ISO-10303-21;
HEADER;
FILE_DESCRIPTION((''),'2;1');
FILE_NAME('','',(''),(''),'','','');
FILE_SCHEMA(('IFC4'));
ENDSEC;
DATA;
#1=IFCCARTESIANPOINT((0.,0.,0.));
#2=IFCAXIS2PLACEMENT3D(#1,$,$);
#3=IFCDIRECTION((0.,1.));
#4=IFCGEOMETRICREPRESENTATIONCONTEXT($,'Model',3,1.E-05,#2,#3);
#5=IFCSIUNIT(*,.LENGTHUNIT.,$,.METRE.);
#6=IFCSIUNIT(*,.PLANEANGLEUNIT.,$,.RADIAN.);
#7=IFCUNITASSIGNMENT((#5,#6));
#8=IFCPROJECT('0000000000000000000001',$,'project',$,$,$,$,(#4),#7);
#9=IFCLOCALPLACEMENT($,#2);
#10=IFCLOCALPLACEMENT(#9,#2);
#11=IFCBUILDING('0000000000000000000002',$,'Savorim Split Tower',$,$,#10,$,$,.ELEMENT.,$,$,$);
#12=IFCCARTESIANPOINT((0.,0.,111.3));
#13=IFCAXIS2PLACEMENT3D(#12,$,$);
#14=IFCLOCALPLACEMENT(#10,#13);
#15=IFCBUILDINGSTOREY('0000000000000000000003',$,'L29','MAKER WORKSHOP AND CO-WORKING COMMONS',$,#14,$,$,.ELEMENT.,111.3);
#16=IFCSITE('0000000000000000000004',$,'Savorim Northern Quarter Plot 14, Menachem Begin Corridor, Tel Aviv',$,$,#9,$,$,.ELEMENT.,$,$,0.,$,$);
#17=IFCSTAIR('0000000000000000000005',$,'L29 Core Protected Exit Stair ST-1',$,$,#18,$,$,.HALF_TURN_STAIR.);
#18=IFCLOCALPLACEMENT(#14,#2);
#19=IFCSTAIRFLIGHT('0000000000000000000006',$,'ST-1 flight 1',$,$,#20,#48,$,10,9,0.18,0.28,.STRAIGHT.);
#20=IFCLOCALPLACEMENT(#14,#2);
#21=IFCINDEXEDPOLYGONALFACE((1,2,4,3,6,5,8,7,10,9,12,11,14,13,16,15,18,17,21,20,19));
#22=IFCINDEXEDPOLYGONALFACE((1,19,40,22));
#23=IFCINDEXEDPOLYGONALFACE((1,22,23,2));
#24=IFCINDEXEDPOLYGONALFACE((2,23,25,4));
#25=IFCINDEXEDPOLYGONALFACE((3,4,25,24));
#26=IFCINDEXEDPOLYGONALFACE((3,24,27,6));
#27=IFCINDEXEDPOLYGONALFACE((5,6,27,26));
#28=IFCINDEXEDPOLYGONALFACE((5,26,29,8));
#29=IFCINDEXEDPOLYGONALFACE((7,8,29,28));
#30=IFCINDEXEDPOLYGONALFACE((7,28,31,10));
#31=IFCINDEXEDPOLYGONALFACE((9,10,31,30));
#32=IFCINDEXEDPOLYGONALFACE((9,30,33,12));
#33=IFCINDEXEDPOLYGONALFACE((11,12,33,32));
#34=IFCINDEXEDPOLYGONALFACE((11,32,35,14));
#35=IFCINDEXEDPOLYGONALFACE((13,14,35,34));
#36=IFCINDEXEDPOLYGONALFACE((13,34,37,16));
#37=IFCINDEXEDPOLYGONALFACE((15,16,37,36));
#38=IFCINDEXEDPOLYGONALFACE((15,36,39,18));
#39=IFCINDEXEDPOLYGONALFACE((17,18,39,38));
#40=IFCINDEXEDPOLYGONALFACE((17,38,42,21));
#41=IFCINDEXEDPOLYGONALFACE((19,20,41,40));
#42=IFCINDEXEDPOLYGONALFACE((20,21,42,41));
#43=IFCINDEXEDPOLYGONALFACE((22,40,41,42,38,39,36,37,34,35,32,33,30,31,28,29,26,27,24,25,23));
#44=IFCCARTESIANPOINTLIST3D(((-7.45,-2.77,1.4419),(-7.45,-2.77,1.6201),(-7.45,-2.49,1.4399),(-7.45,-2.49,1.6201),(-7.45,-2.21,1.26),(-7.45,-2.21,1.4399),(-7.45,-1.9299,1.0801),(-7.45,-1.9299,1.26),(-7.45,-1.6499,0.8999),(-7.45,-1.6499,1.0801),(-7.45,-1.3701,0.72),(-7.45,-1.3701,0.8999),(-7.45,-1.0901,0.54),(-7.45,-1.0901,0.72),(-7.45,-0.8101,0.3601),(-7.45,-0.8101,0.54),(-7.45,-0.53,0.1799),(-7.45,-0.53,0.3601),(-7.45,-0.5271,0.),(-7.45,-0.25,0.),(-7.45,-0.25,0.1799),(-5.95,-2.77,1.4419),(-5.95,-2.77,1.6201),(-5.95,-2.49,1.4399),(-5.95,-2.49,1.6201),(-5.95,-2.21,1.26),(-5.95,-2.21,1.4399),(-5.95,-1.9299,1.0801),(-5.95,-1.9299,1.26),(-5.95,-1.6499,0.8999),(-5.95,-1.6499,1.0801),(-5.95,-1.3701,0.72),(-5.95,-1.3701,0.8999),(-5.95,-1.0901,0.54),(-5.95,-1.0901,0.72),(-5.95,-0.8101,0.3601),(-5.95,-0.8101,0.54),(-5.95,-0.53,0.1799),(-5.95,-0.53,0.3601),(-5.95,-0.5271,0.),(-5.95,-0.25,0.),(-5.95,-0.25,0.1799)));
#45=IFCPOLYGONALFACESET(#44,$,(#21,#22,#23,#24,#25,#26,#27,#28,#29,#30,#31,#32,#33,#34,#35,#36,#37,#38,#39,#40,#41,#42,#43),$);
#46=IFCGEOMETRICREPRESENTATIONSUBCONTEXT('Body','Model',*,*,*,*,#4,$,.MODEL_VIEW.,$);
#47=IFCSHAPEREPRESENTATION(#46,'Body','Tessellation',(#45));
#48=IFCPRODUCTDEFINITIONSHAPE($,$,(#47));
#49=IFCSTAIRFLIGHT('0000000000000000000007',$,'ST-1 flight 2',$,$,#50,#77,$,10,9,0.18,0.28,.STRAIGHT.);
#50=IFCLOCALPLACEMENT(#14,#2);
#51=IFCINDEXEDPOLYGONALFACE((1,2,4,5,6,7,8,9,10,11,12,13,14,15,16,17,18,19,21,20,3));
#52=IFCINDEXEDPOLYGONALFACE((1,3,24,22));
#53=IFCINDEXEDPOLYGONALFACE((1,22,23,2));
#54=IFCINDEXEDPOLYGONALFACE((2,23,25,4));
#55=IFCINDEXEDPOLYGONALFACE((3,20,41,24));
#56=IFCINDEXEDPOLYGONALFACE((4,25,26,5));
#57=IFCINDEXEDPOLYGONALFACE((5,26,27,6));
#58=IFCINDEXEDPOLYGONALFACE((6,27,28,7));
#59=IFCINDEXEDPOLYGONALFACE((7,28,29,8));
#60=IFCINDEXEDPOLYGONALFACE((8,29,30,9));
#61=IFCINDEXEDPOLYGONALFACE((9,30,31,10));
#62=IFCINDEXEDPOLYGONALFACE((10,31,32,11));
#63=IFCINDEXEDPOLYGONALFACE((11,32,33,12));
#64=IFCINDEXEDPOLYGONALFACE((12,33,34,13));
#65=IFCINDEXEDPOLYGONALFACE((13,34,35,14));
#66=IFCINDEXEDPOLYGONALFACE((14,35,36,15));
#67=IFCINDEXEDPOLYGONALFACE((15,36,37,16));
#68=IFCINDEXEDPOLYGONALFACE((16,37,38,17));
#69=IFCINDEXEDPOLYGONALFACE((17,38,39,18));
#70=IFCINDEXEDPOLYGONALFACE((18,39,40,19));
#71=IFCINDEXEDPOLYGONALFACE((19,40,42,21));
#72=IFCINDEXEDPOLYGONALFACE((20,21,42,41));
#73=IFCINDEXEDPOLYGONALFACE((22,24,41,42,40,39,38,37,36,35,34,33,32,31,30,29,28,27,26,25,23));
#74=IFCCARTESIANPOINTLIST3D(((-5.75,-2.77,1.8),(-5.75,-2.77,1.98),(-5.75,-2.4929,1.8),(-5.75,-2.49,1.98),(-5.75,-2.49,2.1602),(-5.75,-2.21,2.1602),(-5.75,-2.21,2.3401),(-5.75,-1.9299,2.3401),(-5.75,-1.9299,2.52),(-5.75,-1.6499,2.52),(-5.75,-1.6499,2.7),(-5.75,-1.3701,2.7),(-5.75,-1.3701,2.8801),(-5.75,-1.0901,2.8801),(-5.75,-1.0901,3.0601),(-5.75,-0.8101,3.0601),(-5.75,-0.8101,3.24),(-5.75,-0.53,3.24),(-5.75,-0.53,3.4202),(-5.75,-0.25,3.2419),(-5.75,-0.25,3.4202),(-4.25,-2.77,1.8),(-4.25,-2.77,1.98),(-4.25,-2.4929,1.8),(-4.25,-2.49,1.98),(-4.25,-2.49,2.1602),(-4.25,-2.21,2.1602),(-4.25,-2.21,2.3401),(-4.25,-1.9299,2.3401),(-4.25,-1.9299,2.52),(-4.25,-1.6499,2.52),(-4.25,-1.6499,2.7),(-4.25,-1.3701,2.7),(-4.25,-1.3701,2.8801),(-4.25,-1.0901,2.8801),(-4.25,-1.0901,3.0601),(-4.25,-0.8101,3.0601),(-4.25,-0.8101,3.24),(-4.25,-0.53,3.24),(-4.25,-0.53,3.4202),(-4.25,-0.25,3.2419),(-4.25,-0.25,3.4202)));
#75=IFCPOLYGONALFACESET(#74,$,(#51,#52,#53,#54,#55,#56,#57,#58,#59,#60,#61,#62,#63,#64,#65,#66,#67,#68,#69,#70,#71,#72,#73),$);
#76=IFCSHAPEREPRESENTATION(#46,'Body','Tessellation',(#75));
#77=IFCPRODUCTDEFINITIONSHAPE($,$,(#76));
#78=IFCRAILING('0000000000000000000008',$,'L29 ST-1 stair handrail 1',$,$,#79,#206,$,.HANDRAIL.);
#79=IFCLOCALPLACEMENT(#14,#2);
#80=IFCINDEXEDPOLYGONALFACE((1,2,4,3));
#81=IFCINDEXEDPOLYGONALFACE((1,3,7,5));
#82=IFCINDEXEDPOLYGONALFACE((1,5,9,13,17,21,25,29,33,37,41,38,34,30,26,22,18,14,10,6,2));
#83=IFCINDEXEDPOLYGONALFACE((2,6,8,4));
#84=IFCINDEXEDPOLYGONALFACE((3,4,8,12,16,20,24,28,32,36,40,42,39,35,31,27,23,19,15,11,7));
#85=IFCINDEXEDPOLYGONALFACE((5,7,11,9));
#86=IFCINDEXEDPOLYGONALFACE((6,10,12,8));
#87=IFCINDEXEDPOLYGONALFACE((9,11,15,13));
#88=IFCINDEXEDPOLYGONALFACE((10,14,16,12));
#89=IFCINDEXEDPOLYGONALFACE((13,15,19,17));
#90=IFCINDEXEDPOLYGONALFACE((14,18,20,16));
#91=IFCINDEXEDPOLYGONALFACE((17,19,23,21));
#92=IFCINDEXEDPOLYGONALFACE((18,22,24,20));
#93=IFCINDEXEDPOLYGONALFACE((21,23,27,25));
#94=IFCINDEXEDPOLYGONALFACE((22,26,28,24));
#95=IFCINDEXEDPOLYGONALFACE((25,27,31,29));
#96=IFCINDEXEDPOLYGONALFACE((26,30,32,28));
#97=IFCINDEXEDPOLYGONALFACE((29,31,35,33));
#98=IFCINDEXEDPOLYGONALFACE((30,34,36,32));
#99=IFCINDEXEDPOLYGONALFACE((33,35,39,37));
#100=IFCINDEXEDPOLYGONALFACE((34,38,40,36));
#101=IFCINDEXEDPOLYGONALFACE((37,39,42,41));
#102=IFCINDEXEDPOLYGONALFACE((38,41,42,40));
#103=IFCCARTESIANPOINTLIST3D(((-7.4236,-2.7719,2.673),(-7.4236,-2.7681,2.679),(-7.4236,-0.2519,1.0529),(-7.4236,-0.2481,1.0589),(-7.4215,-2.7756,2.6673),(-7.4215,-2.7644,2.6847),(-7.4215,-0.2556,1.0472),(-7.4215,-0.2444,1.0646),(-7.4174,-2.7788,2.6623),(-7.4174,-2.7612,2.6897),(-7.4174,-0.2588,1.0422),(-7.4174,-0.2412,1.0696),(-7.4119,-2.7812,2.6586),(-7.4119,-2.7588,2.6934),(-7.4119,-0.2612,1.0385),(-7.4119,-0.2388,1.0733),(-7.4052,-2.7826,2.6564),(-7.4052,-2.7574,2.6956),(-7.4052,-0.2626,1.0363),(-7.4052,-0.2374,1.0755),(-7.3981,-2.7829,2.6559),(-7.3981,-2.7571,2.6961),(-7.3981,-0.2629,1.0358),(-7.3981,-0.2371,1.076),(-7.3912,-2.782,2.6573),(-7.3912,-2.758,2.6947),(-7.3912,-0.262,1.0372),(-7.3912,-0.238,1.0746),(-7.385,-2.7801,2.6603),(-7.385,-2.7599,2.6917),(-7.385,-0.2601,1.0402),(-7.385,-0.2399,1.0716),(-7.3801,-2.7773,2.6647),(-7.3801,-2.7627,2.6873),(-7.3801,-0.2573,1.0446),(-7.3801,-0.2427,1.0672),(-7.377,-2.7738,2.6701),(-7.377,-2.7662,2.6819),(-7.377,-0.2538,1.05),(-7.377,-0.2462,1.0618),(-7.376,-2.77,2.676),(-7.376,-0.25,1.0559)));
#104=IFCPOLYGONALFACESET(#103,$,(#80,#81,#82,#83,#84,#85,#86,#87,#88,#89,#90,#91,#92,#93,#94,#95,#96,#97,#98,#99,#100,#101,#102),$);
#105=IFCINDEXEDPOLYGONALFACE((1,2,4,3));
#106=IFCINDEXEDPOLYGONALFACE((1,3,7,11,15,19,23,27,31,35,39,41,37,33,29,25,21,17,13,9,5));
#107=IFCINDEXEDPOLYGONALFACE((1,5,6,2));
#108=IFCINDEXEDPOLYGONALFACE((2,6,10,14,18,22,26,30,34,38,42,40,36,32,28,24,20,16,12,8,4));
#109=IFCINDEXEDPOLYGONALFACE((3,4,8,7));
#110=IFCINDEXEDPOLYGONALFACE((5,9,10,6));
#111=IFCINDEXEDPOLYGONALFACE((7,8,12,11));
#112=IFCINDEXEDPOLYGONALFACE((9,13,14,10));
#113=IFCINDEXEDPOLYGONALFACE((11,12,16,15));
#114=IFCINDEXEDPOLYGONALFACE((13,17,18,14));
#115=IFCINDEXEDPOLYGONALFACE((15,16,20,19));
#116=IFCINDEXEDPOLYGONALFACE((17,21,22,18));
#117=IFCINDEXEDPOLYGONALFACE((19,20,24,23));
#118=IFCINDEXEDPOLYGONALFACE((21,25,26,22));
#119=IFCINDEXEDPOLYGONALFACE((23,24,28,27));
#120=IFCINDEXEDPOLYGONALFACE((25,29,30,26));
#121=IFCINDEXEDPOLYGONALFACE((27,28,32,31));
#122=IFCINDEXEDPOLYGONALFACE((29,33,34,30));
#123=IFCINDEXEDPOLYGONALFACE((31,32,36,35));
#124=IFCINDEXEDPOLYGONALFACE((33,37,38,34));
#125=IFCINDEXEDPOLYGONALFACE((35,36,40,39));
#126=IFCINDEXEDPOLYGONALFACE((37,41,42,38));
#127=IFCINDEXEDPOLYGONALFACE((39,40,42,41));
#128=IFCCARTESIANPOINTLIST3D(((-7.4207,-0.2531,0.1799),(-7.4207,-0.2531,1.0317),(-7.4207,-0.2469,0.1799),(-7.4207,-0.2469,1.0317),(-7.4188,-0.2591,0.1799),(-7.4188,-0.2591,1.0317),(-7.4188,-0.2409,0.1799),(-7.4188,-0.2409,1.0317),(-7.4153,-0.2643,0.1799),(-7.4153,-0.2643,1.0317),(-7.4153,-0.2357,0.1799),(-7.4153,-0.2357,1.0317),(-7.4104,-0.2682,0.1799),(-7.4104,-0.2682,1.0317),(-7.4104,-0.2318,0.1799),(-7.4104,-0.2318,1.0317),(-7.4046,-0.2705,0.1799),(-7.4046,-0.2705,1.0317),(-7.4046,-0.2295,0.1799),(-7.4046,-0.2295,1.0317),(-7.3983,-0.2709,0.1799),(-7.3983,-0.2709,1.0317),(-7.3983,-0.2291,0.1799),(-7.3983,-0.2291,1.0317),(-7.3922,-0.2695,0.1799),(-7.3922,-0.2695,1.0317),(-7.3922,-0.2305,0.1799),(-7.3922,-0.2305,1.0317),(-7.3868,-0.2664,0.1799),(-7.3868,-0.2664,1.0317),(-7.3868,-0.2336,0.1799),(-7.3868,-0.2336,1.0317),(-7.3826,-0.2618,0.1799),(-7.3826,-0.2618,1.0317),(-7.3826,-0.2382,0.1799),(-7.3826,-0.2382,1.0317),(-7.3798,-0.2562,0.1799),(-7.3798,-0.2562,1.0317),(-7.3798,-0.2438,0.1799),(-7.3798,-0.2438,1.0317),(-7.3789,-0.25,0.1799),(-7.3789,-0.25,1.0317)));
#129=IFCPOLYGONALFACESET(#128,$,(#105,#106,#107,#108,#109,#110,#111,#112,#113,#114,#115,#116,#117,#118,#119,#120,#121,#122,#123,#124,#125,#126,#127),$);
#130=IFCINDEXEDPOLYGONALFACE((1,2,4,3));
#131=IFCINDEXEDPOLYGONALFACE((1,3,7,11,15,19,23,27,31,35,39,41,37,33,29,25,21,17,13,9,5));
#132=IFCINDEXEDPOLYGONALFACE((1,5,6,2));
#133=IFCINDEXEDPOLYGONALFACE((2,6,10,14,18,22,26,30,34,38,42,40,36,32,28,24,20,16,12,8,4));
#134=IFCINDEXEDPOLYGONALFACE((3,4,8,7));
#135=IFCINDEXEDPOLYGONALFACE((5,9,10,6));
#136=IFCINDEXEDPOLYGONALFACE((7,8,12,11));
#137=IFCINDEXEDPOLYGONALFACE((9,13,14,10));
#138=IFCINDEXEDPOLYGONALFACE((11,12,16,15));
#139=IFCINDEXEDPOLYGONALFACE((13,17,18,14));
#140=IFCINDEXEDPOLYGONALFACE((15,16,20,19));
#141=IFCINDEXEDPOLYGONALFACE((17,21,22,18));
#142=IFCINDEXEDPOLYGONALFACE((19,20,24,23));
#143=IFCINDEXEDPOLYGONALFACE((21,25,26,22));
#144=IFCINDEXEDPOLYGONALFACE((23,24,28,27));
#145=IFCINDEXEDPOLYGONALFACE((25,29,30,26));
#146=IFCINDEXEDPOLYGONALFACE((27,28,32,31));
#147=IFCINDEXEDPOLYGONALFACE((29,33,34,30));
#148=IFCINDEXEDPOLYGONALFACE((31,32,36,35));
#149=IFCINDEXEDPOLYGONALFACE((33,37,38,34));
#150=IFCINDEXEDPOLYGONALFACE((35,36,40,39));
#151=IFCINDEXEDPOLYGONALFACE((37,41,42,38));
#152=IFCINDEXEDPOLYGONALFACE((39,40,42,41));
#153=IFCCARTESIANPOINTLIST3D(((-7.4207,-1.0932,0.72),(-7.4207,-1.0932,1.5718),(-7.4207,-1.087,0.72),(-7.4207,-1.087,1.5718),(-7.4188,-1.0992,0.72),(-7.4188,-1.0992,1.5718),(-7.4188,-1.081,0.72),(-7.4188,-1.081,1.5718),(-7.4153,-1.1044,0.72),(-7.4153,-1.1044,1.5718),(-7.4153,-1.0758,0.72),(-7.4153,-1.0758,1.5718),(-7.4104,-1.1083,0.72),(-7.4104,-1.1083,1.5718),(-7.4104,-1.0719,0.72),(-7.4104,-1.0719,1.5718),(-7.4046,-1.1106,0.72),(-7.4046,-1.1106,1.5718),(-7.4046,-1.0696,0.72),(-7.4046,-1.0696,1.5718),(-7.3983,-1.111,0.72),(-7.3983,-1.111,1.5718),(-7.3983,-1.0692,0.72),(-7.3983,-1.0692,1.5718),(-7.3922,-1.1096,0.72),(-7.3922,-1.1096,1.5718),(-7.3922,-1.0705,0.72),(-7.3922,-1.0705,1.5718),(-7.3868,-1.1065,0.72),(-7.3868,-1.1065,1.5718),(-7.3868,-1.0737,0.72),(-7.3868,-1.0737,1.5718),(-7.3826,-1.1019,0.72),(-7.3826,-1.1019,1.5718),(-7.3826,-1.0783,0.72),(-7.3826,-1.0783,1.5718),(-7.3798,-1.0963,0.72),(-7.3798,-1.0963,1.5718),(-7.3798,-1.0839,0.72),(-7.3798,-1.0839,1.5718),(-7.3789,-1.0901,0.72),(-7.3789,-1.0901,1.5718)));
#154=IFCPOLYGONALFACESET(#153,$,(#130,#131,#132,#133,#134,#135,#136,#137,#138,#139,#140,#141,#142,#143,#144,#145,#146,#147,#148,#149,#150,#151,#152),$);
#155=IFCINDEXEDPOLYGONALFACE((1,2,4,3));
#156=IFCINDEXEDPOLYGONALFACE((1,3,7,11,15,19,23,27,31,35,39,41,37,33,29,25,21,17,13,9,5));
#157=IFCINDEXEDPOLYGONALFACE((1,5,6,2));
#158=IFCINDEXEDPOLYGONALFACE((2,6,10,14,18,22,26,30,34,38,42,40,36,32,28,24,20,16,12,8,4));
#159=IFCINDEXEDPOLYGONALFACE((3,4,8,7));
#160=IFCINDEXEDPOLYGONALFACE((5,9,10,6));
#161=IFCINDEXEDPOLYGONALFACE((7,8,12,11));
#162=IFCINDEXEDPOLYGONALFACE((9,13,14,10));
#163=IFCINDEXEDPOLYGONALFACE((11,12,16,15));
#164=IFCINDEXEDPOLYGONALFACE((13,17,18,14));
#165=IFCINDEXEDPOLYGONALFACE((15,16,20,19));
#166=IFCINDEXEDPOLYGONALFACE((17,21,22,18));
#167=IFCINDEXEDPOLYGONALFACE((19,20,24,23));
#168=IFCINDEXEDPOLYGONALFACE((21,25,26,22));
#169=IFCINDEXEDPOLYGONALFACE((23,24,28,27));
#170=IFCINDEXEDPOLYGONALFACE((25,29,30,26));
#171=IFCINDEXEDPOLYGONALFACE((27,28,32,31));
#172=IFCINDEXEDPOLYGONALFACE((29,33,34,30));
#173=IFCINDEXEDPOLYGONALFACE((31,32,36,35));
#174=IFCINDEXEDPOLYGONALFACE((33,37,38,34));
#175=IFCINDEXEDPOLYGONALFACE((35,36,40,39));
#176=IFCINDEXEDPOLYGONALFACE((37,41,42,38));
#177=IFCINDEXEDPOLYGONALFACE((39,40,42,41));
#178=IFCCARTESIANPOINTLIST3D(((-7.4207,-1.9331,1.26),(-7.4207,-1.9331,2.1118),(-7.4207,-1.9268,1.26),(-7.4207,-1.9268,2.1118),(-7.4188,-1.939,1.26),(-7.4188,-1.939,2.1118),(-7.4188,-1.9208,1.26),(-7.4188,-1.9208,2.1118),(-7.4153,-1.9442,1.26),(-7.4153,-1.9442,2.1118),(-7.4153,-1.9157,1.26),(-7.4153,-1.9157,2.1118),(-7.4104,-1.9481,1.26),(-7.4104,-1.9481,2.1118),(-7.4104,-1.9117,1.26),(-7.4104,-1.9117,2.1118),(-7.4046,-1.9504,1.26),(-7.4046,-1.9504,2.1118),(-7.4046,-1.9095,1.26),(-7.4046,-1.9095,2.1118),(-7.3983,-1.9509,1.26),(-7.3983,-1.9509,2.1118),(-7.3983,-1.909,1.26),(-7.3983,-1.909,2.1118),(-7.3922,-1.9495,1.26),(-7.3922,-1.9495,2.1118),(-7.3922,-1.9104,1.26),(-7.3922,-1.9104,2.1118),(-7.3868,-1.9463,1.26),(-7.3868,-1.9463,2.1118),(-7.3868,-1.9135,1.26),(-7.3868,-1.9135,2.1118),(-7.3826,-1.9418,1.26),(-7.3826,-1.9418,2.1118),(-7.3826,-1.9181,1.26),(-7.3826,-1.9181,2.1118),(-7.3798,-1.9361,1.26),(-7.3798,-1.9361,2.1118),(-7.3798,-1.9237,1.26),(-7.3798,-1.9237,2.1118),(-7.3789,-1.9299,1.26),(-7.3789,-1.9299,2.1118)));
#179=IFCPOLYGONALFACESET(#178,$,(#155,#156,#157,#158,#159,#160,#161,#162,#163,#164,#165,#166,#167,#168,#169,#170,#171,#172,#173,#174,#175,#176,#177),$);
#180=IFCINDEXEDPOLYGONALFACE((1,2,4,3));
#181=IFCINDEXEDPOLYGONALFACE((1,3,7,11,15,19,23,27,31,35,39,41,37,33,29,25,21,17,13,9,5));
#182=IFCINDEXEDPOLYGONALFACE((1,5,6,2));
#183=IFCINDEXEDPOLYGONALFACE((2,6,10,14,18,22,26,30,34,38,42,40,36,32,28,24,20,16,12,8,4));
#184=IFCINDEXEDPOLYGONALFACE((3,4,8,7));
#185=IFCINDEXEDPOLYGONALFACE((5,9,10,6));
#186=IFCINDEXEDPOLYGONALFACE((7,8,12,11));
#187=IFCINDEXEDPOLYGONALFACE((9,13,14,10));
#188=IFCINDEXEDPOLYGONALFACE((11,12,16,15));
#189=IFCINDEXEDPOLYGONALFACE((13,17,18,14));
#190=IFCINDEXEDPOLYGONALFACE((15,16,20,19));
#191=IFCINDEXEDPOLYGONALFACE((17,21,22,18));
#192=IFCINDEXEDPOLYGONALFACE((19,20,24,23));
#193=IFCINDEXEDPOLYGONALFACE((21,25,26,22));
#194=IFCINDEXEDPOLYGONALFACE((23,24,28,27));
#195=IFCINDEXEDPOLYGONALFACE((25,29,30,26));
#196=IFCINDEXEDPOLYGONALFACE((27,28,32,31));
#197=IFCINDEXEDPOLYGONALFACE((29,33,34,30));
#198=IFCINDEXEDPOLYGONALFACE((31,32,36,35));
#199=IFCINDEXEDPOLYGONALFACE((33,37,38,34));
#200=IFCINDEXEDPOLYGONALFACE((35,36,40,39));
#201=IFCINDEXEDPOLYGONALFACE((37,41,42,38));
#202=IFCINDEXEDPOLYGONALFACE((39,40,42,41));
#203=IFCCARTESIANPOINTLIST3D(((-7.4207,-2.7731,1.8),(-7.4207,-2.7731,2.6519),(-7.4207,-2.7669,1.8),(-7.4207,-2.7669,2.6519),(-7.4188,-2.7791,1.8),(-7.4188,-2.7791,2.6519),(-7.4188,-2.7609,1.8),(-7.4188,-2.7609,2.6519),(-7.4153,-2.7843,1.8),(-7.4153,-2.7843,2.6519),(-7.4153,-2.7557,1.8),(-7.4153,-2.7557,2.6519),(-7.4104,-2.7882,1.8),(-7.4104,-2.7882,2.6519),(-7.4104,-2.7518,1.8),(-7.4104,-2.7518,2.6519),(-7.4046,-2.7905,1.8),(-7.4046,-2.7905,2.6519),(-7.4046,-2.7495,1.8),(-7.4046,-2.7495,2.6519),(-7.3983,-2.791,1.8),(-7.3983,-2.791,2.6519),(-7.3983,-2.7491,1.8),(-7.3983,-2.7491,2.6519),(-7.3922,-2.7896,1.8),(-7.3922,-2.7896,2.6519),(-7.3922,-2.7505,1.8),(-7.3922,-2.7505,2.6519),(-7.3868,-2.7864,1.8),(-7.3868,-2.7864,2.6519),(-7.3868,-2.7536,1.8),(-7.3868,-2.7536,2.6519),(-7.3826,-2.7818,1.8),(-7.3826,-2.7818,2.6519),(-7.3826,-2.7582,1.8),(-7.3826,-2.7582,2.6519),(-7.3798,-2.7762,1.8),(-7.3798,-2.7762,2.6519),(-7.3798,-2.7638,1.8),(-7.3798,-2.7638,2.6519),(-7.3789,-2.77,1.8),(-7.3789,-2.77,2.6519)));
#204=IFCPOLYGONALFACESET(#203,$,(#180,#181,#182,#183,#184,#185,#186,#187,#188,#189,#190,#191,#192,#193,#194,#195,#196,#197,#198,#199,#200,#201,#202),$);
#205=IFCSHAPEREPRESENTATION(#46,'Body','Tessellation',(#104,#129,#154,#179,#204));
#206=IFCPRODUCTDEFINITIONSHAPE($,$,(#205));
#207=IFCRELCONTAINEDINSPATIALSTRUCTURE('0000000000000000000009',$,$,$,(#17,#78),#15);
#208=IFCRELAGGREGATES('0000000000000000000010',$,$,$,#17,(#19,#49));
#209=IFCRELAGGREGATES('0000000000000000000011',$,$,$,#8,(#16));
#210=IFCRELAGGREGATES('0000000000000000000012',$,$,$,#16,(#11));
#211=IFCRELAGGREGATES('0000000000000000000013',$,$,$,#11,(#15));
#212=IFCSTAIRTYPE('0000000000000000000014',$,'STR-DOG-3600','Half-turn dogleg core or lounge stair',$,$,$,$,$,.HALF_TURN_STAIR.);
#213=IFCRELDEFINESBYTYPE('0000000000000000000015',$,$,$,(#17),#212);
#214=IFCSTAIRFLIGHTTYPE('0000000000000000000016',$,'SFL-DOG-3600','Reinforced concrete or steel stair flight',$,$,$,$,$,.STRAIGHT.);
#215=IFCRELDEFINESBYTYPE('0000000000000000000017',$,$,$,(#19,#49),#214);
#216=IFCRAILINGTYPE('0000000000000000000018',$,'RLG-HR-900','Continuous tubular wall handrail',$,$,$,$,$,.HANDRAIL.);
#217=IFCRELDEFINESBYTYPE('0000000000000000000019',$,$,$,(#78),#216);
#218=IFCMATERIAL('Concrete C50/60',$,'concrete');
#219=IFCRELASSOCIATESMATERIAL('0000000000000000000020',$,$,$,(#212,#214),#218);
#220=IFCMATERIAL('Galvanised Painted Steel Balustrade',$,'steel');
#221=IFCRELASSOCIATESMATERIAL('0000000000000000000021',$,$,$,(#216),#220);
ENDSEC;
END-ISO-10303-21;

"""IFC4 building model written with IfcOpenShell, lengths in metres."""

from ifc_helpers import new_model, si_unit, direction, frame, origin, origin_2d, place, context, subcontext, project, spatial, polyline, circle, outline, extrude, material, type_object, element, aggregate, save


model = new_model("IFC4")

# Units and contexts
model_context = context("Model", 3, precision=1e-05, world=origin(), true_north=direction((0.0, 1.0)))
body_context = subcontext(model_context, "Body", "Model", "MODEL_VIEW")
ifc_project = project(units=[si_unit("LENGTHUNIT", "METRE"), si_unit("PLANEANGLEUNIT", "RADIAN")], contexts=[model_context])

# Site, building, storey
site_placement = place(None, origin())
site = spatial("IfcSite", under=ifc_project, at=site_placement, Name="Savorim Northern Quarter Plot 14, Menachem Begin Corridor, Tel Aviv", CompositionType="ELEMENT", RefElevation=0.0)
building_placement = place(site_placement, origin())
building = spatial("IfcBuilding", under=site, at=building_placement, Name="Savorim Split Tower", CompositionType="ELEMENT")
storey_placement = place(building_placement, frame((0.0, 0.0, 111.3)))
storey = spatial("IfcBuildingStorey", under=building, at=storey_placement, Name="L29", Description="MAKER WORKSHOP AND CO-WORKING COMMONS", CompositionType="ELEMENT", Elevation=111.3)

# Shared definitions
ifc_material_1 = material(Name="Concrete C50/60", Category="concrete")

# Stair, stair flights
stair_type = type_object("IfcStairType", Name="STR-DOG-3600", Description="Half-turn dogleg core or lounge stair", PredefinedType="HALF_TURN_STAIR", material=ifc_material_1)
stair_placement = place(storey_placement, origin())
stair = element("IfcStair", 1, at=stair_placement, inside=storey, type_object=stair_type, Name="L29 Core Protected Exit Stair ST-1", PredefinedType="HALF_TURN_STAIR")
stair_flight_type = type_object("IfcStairFlightType", Name="SFL-DOG-3600", Description="Reinforced concrete or steel stair flight", PredefinedType="STRAIGHT", material=ifc_material_1)
stair_flight_1_placement = place(storey_placement, frame((-6.7, -0.25, 0.0), z_axis=(0.0, 0.0, 1.0), x_axis=(0.0, -1.0, 0.0)))
stair_flight_1 = element("IfcStairFlight", 2, at=stair_flight_1_placement, type_object=stair_flight_type, Name="ST-1 flight 1", NumberOfRisers=10, NumberOfTreads=9, PredefinedType="STRAIGHT", RiserHeight=0.18, TreadLength=0.28, context=body_context, shape_type="SweptSolid", body=[
    extrude(outline(polyline([(0.0, 0.0), (0.0, 0.1799), (0.28, 0.1799), (0.28, 0.3601), (0.5601, 0.3601), (0.5601, 0.54), (0.8401, 0.54), (0.8401, 0.72), (1.1201, 0.72), (1.1201, 0.8999), (1.3999, 0.8999), (1.3999, 1.0801), (1.6799, 1.0801), (1.6799, 1.26), (1.96, 1.26), (1.96, 1.4399), (2.24, 1.4399), (2.24, 1.6201), (2.52, 1.6201), (2.52, 1.8), (2.52, 1.4419), (0.2771, 0.0), (0.0, 0.0)])), frame((0.0, 0.75, 0.0), z_axis=(0.0, -1.0, 0.0), x_axis=(1.0, 0.0, 0.0)), (0.0, 0.0, 1.0), 1.5),
])
stair_flight_2_placement = place(storey_placement, frame((-5.0, -2.77, 1.8), z_axis=(0.0, 0.0, 1.0), x_axis=(0.0, 1.0, 0.0)))
stair_flight_2 = element("IfcStairFlight", 3, at=stair_flight_2_placement, type_object=stair_flight_type, Name="ST-1 flight 2", NumberOfRisers=10, NumberOfTreads=9, PredefinedType="STRAIGHT", RiserHeight=0.18, TreadLength=0.28, context=body_context, shape_type="SweptSolid", body=[
    extrude(outline(polyline([(0.0, 0.0), (0.0, 0.1799), (0.28, 0.1799), (0.28, 0.3601), (0.5601, 0.3601), (0.5601, 0.54), (0.8401, 0.54), (0.8401, 0.72), (1.1201, 0.72), (1.1201, 0.8999), (1.3999, 0.8999), (1.3999, 1.0801), (1.6799, 1.0801), (1.6799, 1.26), (1.96, 1.26), (1.96, 1.4399), (2.24, 1.4399), (2.24, 1.6201), (2.52, 1.6201), (2.52, 1.8), (2.52, 1.4419), (0.2771, 0.0), (0.0, 0.0)])), frame((0.0, 0.75, 0.0), z_axis=(0.0, -1.0, 0.0), x_axis=(1.0, 0.0, 0.0)), (0.0, 0.0, 1.0), 1.5),
])
aggregate(stair, [stair_flight_1, stair_flight_2])

# Railing
ifc_material_2 = material(Name="Galvanised Painted Steel Balustrade", Category="steel")
railing_type_1 = type_object("IfcRailingType", Name="RLG-HR-900", Description="Continuous tubular wall handrail", PredefinedType="HANDRAIL", material=ifc_material_2)
railing_1_placement = place(storey_placement, frame((-7.3999, -0.25, 0.1799)))
element("IfcRailing", 4, at=railing_1_placement, inside=storey, type_object=railing_type_1, Name="L29 ST-1 stair handrail 1", PredefinedType="HANDRAIL", context=body_context, shape_type="SweptSolid", body=[
    extrude(circle(Radius=0.0239, at=origin_2d()), frame((0.0, 0.0, 0.876), z_axis=(0.0, -0.841163, 0.540782), x_axis=(1.0, 0.0, 0.0)), (0.0, 0.0, 1.0), 2.9958),
    extrude(circle(Radius=0.021, at=origin_2d()), origin(), (0.0, 0.0, 1.0), 0.8518),
    extrude(circle(Radius=0.021, at=origin_2d()), frame((0.0, -0.8401, 0.54)), (0.0, 0.0, 1.0), 0.8518),
    extrude(circle(Radius=0.021, at=origin_2d()), frame((0.0, -1.6799, 1.0801)), (0.0, 0.0, 1.0), 0.8518),
    extrude(circle(Radius=0.021, at=origin_2d()), frame((0.0, -2.52, 1.6201)), (0.0, 0.0, 1.0), 0.8518),
])

save(model, "model.ifc")
